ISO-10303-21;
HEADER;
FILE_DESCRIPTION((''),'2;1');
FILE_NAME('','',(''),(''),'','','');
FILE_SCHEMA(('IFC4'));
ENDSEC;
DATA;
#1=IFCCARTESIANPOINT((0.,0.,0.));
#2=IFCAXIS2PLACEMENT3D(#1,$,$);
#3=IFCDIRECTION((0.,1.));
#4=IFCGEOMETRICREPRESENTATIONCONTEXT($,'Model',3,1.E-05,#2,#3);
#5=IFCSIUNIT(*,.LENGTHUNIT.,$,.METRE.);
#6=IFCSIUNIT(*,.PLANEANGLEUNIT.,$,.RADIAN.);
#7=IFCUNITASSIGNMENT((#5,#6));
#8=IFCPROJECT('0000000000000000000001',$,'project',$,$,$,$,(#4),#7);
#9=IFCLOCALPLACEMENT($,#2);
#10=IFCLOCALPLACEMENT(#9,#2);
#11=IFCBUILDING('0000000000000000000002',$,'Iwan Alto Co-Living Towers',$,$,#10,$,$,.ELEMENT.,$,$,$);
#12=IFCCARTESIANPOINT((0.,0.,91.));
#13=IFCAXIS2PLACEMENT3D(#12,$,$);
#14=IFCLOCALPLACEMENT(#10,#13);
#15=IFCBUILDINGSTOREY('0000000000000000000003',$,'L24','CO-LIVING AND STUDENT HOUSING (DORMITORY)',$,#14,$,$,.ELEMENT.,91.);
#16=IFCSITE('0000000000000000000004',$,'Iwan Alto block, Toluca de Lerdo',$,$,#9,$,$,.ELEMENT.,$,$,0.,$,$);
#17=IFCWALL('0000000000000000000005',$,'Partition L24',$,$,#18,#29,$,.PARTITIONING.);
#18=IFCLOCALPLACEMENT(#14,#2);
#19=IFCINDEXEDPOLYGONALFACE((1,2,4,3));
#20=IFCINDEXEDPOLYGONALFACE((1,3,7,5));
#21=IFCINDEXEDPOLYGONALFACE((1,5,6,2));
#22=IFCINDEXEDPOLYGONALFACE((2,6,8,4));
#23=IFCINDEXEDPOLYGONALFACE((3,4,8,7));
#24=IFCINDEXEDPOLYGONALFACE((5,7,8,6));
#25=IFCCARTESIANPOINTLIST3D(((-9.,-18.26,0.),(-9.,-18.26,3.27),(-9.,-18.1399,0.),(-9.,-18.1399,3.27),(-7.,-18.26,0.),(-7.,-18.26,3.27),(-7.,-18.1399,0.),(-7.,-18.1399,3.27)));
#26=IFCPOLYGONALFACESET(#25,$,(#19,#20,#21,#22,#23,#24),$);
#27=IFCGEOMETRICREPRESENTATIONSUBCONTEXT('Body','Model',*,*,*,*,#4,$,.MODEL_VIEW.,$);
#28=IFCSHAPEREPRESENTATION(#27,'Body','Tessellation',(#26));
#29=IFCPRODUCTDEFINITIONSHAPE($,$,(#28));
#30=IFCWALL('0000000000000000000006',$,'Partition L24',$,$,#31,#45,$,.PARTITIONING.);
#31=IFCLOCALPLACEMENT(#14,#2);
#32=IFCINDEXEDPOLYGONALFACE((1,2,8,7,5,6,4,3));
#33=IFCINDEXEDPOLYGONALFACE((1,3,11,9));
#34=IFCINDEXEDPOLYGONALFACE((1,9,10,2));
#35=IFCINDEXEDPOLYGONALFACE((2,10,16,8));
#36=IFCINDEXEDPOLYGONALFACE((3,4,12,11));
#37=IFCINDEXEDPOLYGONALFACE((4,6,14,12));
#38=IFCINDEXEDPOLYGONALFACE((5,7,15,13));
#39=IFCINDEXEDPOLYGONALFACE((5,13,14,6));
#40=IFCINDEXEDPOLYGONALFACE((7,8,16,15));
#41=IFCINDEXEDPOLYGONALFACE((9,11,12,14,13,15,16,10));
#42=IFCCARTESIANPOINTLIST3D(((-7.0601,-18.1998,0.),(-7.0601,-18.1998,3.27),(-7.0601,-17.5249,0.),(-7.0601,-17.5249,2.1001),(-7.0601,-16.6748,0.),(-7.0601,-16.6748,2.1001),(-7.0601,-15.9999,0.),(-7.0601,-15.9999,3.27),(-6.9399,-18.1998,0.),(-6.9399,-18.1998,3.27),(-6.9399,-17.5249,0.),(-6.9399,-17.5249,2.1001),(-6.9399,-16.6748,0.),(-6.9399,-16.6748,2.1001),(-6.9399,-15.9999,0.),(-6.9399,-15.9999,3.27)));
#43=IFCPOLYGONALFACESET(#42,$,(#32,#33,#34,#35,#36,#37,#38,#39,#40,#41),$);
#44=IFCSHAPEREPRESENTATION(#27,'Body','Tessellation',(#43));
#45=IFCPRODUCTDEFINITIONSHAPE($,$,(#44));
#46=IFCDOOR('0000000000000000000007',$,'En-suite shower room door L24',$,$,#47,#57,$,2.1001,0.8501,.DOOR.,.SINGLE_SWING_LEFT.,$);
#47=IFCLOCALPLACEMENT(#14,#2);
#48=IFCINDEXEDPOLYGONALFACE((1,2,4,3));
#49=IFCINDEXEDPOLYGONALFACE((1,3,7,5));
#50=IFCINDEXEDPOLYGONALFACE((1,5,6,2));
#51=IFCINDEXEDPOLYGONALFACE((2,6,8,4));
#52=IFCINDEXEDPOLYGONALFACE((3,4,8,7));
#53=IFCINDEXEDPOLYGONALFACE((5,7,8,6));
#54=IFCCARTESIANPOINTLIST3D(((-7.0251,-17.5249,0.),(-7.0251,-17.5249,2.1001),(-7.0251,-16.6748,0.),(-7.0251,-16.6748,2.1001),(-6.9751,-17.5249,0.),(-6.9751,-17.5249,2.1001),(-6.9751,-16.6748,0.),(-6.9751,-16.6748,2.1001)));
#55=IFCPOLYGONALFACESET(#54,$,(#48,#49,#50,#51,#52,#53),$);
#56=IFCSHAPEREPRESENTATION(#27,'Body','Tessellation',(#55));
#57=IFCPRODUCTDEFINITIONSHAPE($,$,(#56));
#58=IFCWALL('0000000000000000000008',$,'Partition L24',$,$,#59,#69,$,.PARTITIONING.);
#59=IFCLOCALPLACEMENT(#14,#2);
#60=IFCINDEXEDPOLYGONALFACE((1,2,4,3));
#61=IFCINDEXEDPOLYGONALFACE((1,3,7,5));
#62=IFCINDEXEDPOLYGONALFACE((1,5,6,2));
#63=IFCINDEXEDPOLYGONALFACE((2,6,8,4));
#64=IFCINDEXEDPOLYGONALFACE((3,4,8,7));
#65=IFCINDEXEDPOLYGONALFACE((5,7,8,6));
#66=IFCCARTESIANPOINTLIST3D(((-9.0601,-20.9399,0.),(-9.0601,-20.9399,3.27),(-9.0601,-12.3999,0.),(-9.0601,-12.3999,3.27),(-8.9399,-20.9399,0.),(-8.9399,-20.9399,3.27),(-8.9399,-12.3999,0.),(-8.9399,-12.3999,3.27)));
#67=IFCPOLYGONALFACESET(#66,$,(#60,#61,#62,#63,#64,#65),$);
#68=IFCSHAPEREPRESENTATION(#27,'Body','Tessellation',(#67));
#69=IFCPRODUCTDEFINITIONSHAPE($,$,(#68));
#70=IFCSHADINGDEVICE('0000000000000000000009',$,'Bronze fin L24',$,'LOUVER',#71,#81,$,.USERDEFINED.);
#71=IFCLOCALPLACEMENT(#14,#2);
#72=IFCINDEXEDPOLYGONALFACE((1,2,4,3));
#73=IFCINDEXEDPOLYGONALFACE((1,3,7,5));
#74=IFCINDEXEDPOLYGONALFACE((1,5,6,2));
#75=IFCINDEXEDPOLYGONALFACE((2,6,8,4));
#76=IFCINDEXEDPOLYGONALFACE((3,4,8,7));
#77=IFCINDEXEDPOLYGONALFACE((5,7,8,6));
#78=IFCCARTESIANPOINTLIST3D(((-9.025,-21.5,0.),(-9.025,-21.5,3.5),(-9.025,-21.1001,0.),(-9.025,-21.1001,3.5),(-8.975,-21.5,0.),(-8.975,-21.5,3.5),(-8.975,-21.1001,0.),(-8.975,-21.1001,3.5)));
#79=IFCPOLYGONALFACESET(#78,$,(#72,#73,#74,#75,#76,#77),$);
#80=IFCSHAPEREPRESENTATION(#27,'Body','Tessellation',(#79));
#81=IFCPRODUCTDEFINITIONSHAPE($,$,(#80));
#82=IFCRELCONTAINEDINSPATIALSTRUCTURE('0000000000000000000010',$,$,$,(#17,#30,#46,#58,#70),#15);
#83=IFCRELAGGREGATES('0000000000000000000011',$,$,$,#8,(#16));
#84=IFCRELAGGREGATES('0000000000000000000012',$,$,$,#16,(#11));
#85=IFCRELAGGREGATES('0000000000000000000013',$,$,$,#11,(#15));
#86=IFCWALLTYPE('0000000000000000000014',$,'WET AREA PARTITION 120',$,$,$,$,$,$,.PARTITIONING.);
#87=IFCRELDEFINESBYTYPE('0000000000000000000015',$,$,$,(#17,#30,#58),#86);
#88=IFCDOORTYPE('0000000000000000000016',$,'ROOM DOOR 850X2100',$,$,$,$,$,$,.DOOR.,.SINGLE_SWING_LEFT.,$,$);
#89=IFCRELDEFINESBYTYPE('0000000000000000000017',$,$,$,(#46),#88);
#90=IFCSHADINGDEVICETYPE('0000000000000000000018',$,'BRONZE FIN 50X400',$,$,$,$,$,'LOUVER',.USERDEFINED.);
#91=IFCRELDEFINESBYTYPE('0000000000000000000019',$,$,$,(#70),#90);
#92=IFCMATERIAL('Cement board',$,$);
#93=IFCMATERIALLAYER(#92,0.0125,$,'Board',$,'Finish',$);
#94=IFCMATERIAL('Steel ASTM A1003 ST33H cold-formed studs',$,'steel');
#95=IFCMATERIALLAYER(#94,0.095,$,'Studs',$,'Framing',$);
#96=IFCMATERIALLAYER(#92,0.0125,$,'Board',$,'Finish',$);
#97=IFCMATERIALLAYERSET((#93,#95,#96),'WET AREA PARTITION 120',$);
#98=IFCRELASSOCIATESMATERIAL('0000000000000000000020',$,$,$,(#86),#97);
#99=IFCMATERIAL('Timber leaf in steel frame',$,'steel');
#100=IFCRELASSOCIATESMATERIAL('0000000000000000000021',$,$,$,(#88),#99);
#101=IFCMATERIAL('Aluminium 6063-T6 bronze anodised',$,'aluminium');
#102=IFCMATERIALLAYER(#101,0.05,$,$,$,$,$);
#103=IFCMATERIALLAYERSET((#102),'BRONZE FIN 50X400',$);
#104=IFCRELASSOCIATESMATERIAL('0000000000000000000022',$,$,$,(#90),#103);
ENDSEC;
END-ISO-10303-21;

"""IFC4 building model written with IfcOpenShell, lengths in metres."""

from ifc_helpers import new_model, si_unit, direction, frame, frame_2d, origin, origin_2d, place, context, subcontext, project, spatial, rectangle, extrude, material, layer, layer_set, type_object, element, fill, save


model = new_model("IFC4")

# Units and contexts
model_context = context("Model", 3, precision=1e-05, world=origin(), true_north=direction((0.0, 1.0)))
body_context = subcontext(model_context, "Body", "Model", "MODEL_VIEW")
ifc_project = project(units=[si_unit("LENGTHUNIT", "METRE"), si_unit("PLANEANGLEUNIT", "RADIAN")], contexts=[model_context])

# Site, building, storey
site_placement = place(None, origin())
site = spatial("IfcSite", under=ifc_project, at=site_placement, Name="Iwan Alto block, Toluca de Lerdo", CompositionType="ELEMENT", RefElevation=0.0)
building_placement = place(site_placement, origin())
building = spatial("IfcBuilding", under=site, at=building_placement, Name="Iwan Alto Co-Living Towers", CompositionType="ELEMENT")
storey_placement = place(building_placement, frame((0.0, 0.0, 91.0)))
storey = spatial("IfcBuildingStorey", under=building, at=storey_placement, Name="L24", Description="CO-LIVING AND STUDENT HOUSING (DORMITORY)", CompositionType="ELEMENT", Elevation=91.0)

# Shared definitions
ifc_material_1 = material(Name="Steel ASTM A1003 ST33H cold-formed studs", Category="steel")

# Wall
ifc_material_2 = material(Name="Cement board")
ifc_layer_1 = layer(ifc_material_2, 0.0125, Name="Board", Category="Finish")
ifc_layer_2 = layer(ifc_material_1, 0.095, Name="Studs", Category="Framing")
ifc_layer_3 = layer(ifc_material_2, 0.0125, Name="Board", Category="Finish")
ifc_layer_set_1 = layer_set([ifc_layer_1, ifc_layer_2, ifc_layer_3], Name="WET AREA PARTITION 120")
wall_type_1 = type_object("IfcWallType", Name="WET AREA PARTITION 120", PredefinedType="PARTITIONING", material=ifc_layer_set_1)
wall_1_placement = place(storey_placement, frame((-9.0, -18.2, 0.0), z_axis=(0.0, 0.0, 1.0), x_axis=(1.0, 0.0, 0.0)))
element("IfcWall", 1, at=wall_1_placement, inside=storey, type_object=wall_type_1, Name="Partition L24", PredefinedType="PARTITIONING", context=body_context, shape_type="SweptSolid", body=[
    extrude(rectangle(XDim=2.0, YDim=0.1201, at=frame_2d((1.0, 0.0))), origin(), (0.0, 0.0, 1.0), 3.27),
])

# Wall, opening, door
wall_2_placement = place(storey_placement, frame((-7.0, -18.2, 0.0), z_axis=(0.0, 0.0, 1.0), x_axis=(0.0, 1.0, 0.0)))
wall_2 = element("IfcWall", 2, at=wall_2_placement, inside=storey, type_object=wall_type_1, Name="Partition L24", PredefinedType="PARTITIONING", context=body_context, shape_type="SweptSolid", body=[
    extrude(rectangle(XDim=2.2, YDim=0.1201, at=frame_2d((1.1001, 0.0))), origin(), (0.0, 0.0, 1.0), 3.27),
])
opening_1_placement = place(wall_2_placement, frame((0.675, 0.0, 0.0)))
opening_1 = element("IfcOpeningElement", 3, at=opening_1_placement, cuts=wall_2, PredefinedType="OPENING", context=body_context, shape_type="SweptSolid", body=[
    extrude(rectangle(XDim=0.8501, YDim=2.1001, at=frame_2d((0.425, 1.05))), frame((0.0, 0.0701, 0.0), z_axis=(0.0, -1.0, 0.0), x_axis=(1.0, 0.0, 0.0)), (0.0, 0.0, 1.0), 0.1401),
])
ifc_material_3 = material(Name="Timber leaf in steel frame", Category="steel")
door_type_1 = type_object("IfcDoorType", Name="ROOM DOOR 850X2100", OperationType="SINGLE_SWING_LEFT", PredefinedType="DOOR", material=ifc_material_3)
door_1_placement = place(opening_1_placement, frame((0.8501, 0.0, 0.0), z_axis=(0.0, 0.0, 1.0), x_axis=(-1.0, 0.0, 0.0)))
door_1 = element("IfcDoor", 4, at=door_1_placement, inside=storey, type_object=door_type_1, Name="En-suite shower room door L24", OperationType="SINGLE_SWING_LEFT", OverallHeight=2.1001, OverallWidth=0.8501, PredefinedType="DOOR", context=body_context, shape_type="SweptSolid", body=[
    extrude(rectangle(XDim=0.8501, YDim=2.1001, at=frame_2d((0.425, 1.05))), frame((0.0, 0.0249, 0.0), z_axis=(0.0, -1.0, 0.0), x_axis=(1.0, 0.0, 0.0)), (0.0, 0.0, 1.0), 0.05),
])
fill(opening_1, door_1)

# Wall
wall_3_placement = place(storey_placement, frame((-9.0, -20.9399, 0.0), z_axis=(0.0, 0.0, 1.0), x_axis=(0.0, 1.0, 0.0)))
element("IfcWall", 5, at=wall_3_placement, inside=storey, type_object=wall_type_1, Name="Partition L24", PredefinedType="PARTITIONING", context=body_context, shape_type="SweptSolid", body=[
    extrude(rectangle(XDim=8.54, YDim=0.1201, at=frame_2d((4.27, 0.0))), origin(), (0.0, 0.0, 1.0), 3.27),
])

# Shading device
ifc_material_4 = material(Name="Aluminium 6063-T6 bronze anodised", Category="aluminium")
ifc_layer_4 = layer(ifc_material_4, 0.05)
ifc_layer_set_2 = layer_set([ifc_layer_4], Name="BRONZE FIN 50X400")
shading_device_type = type_object("IfcShadingDeviceType", Name="BRONZE FIN 50X400", ElementType="LOUVER", PredefinedType="USERDEFINED", material=ifc_layer_set_2)
shading_device_placement = place(storey_placement, frame((-9.0, -21.3, 0.0), z_axis=(0.0, 0.0, 1.0), x_axis=(1.0, 0.0, 0.0)))
element("IfcShadingDevice", 6, at=shading_device_placement, inside=storey, type_object=shading_device_type, Name="Bronze fin L24", ObjectType="LOUVER", PredefinedType="USERDEFINED", context=body_context, shape_type="SweptSolid", body=[
    extrude(rectangle(XDim=0.05, YDim=0.3999, at=origin_2d()), origin(), (0.0, 0.0, 1.0), 3.5),
])

save(model, "model.ifc")
